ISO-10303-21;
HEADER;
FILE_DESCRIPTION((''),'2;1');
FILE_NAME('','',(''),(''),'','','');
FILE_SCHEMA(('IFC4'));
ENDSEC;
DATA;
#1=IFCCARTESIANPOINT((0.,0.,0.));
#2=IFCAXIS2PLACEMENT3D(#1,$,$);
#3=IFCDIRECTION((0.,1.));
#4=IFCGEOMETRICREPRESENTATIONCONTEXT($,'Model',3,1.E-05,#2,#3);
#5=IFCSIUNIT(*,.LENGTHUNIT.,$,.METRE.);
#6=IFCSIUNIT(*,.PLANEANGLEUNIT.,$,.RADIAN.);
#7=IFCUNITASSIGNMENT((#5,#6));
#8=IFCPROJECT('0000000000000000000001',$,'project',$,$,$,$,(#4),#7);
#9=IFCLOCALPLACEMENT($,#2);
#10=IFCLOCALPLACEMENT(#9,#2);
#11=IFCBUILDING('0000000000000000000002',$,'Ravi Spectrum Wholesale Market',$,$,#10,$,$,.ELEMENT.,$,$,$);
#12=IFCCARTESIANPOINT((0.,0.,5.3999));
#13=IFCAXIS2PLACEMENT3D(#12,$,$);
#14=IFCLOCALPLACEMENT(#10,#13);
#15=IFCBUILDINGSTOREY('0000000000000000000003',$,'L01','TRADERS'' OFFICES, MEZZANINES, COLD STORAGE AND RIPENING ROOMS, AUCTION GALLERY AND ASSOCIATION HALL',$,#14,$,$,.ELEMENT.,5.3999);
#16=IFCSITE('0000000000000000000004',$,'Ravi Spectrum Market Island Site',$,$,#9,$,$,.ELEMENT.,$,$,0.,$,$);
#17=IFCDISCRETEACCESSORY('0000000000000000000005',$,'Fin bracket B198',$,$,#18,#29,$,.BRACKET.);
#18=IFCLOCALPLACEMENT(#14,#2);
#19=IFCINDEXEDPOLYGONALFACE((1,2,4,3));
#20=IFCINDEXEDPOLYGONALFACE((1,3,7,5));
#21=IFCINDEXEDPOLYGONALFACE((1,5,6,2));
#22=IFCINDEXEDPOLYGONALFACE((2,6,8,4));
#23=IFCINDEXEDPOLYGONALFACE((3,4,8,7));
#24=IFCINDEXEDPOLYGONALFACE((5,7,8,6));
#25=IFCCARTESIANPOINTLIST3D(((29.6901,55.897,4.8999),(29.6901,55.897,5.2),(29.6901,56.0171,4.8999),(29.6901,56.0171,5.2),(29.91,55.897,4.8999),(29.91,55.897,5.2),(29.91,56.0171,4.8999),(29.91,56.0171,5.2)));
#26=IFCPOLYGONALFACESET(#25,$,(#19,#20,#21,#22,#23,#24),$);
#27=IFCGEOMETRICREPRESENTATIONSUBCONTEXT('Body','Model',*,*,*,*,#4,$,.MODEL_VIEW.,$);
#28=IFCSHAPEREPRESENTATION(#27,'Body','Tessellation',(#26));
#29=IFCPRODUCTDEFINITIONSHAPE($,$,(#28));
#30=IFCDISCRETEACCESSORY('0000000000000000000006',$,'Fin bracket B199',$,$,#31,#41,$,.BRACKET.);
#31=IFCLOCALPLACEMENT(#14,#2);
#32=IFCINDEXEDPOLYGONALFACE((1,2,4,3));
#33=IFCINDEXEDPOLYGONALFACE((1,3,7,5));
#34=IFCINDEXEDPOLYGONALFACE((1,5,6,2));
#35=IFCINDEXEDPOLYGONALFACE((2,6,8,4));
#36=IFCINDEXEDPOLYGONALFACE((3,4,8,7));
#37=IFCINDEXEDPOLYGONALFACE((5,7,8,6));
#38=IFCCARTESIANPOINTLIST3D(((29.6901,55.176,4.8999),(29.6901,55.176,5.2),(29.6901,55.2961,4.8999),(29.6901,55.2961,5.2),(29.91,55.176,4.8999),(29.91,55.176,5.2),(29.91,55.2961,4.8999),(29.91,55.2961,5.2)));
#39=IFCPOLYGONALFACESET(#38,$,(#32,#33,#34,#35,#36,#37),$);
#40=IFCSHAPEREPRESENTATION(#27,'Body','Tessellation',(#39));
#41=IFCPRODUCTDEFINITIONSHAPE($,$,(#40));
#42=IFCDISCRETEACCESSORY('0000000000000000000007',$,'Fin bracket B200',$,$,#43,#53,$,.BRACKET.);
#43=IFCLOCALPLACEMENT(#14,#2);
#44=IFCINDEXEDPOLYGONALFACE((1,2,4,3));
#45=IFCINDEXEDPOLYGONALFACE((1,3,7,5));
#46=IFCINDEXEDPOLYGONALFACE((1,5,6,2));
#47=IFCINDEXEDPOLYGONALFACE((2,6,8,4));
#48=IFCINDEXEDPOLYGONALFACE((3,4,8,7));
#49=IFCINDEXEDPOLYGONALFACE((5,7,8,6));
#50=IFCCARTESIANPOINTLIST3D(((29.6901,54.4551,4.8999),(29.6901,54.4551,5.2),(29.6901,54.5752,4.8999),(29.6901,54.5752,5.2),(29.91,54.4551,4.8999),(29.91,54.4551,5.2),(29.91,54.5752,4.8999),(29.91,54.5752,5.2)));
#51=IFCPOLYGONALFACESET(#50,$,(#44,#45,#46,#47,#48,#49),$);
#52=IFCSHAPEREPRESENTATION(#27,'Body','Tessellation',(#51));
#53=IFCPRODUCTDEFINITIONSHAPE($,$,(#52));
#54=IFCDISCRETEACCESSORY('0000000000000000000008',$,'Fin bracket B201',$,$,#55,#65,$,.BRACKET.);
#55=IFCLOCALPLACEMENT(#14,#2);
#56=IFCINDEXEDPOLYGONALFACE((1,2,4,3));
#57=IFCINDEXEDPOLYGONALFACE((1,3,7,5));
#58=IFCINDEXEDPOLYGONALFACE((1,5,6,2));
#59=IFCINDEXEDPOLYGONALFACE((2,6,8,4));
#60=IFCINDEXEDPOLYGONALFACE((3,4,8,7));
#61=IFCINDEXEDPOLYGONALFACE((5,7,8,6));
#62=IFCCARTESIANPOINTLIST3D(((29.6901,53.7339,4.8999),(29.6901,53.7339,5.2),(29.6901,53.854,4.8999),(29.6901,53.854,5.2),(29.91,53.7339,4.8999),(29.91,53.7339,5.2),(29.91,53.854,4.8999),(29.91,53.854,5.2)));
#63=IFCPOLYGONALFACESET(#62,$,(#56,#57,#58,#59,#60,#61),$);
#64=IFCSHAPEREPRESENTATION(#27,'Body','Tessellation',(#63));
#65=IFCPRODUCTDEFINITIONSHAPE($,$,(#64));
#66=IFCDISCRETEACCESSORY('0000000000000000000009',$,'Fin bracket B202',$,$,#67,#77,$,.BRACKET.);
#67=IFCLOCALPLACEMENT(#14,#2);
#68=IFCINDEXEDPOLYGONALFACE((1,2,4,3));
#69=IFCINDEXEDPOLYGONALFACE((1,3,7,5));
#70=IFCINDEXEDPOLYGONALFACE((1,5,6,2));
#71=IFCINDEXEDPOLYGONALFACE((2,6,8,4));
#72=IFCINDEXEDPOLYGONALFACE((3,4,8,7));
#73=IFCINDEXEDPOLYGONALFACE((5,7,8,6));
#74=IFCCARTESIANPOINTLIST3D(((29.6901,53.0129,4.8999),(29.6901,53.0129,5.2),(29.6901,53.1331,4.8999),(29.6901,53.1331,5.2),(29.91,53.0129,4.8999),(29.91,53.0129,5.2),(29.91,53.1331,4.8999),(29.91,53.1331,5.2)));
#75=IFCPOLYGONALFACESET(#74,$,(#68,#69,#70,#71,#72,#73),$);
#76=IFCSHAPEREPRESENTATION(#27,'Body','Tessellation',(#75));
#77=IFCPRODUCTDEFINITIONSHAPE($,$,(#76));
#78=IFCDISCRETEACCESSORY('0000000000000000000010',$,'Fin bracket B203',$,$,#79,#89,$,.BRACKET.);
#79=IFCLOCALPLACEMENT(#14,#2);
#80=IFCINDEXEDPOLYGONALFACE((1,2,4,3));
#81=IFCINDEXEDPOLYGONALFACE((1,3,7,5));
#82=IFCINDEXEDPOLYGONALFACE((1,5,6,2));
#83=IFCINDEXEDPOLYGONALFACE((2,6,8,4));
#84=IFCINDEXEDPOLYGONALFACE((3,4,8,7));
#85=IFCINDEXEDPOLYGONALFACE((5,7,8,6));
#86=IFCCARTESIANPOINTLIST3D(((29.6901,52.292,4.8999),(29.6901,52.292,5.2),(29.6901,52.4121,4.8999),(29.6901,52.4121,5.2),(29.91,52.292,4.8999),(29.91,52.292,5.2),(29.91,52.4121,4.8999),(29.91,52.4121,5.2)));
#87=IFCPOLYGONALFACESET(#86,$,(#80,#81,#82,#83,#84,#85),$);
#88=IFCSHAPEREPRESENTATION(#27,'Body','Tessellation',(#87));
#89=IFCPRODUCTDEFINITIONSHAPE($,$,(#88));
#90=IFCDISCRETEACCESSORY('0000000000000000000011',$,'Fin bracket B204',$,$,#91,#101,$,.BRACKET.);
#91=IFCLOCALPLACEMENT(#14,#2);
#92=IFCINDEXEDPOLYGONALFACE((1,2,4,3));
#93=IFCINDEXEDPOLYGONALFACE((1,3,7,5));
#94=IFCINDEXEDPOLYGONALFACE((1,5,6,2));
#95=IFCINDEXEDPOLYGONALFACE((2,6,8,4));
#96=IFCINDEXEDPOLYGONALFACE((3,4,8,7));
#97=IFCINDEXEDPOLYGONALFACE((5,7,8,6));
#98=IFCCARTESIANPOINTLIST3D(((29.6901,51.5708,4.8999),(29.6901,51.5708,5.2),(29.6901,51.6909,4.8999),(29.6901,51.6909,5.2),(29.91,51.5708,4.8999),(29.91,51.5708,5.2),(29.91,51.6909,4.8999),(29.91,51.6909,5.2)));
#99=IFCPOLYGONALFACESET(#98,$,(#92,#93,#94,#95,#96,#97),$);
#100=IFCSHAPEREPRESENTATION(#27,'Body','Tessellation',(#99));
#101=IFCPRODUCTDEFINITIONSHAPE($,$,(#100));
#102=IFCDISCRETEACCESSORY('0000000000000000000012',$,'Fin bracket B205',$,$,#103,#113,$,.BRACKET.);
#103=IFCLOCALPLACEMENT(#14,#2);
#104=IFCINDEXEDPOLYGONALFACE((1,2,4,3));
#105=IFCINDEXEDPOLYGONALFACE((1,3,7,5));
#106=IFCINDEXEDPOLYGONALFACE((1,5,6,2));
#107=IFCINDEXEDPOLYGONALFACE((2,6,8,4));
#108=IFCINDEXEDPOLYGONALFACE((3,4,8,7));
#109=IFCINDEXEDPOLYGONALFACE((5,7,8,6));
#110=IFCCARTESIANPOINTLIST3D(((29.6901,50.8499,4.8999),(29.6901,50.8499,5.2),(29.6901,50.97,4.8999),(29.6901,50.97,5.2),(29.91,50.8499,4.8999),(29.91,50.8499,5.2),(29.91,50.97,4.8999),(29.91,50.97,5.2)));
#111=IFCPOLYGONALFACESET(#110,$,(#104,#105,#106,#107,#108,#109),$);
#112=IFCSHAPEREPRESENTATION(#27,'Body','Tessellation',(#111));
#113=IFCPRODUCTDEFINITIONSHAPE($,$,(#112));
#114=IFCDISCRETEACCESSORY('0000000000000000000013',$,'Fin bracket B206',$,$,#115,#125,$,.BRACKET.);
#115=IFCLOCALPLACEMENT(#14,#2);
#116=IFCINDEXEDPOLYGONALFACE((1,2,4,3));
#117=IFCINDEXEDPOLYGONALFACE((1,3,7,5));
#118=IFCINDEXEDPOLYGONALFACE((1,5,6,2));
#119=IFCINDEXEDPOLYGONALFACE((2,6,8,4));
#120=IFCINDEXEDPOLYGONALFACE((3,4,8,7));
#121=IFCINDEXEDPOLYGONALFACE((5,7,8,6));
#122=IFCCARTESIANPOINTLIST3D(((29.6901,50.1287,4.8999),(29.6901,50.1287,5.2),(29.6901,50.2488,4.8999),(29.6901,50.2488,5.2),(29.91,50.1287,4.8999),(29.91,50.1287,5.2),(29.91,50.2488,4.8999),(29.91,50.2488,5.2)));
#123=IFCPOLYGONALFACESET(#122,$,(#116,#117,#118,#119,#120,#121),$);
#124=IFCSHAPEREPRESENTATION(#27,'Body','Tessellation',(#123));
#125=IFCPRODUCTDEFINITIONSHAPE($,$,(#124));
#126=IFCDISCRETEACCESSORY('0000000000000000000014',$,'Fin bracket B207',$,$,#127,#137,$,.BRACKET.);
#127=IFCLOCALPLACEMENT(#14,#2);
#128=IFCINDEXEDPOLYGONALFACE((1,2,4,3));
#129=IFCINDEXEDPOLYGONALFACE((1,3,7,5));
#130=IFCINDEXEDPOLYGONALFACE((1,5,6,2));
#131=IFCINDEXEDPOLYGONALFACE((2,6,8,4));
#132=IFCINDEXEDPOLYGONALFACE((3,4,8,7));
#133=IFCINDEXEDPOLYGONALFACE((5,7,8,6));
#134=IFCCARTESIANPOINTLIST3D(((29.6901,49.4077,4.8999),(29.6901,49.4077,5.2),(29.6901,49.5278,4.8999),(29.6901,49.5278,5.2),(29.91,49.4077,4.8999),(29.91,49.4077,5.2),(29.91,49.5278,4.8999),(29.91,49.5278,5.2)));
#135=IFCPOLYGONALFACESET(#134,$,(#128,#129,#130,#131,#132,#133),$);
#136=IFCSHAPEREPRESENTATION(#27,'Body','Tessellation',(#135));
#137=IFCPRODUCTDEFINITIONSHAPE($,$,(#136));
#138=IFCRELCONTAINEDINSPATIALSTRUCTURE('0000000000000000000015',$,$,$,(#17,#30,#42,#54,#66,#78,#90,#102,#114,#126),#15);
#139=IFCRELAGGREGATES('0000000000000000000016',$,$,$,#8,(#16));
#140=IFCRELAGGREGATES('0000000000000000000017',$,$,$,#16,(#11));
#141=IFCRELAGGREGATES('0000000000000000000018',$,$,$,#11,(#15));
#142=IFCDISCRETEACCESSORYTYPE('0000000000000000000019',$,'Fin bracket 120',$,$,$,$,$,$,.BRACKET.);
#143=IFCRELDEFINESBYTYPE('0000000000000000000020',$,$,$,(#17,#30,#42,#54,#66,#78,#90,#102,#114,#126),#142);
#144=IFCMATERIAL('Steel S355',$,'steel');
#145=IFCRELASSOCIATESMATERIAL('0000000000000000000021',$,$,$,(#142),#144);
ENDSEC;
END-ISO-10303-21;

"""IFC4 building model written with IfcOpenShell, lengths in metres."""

from ifc_helpers import new_model, si_unit, direction, frame, origin, origin_2d, place, context, subcontext, project, spatial, rectangle, extrude, material, type_object, element, save


model = new_model("IFC4")

# Units and contexts
model_context = context("Model", 3, precision=1e-05, world=origin(), true_north=direction((0.0, 1.0)))
body_context = subcontext(model_context, "Body", "Model", "MODEL_VIEW")
ifc_project = project(units=[si_unit("LENGTHUNIT", "METRE"), si_unit("PLANEANGLEUNIT", "RADIAN")], contexts=[model_context])

# Site, building, storey
site_placement = place(None, origin())
site = spatial("IfcSite", under=ifc_project, at=site_placement, Name="Ravi Spectrum Market Island Site", CompositionType="ELEMENT", RefElevation=0.0)
building_placement = place(site_placement, origin())
building = spatial("IfcBuilding", under=site, at=building_placement, Name="Ravi Spectrum Wholesale Market", CompositionType="ELEMENT")
storey_placement = place(building_placement, frame((0.0, 0.0, 5.3999)))
storey = spatial("IfcBuildingStorey", under=building, at=storey_placement, Name="L01", Description="TRADERS' OFFICES, MEZZANINES, COLD STORAGE AND RIPENING ROOMS, AUCTION GALLERY AND ASSOCIATION HALL", CompositionType="ELEMENT", Elevation=5.3999)

# Discrete accessories
ifc_material_1 = material(Name="Steel S355", Category="steel")
discrete_accessory_type = type_object("IfcDiscreteAccessoryType", Name="Fin bracket 120", PredefinedType="BRACKET", material=ifc_material_1)
for number, where, z_axis, x_axis, name in (
    (1, (29.8, 55.957, 4.8999), (0.0, 0.0, 1.0), (0.0, -1.0, 0.0), "Fin bracket B198"),
    (2, (29.8, 55.2361, 4.8999), (0.0, 0.0, 1.0), (0.0, -1.0, 0.0), "Fin bracket B199"),
    (3, (29.8, 54.5151, 4.8999), (0.0, 0.0, 1.0), (0.0, -1.0, 0.0), "Fin bracket B200"),
    (4, (29.8, 53.7939, 4.8999), (0.0, 0.0, 1.0), (0.0, -1.0, 0.0), "Fin bracket B201"),
    (5, (29.8, 53.073, 4.8999), (0.0, 0.0, 1.0), (0.0, -1.0, 0.0), "Fin bracket B202"),
    (6, (29.8, 52.3521, 4.8999), (0.0, 0.0, 1.0), (0.0, -1.0, 0.0), "Fin bracket B203"),
    (7, (29.8, 51.6309, 4.8999), (0.0, 0.0, 1.0), (0.0, -1.0, 0.0), "Fin bracket B204"),
    (8, (29.8, 50.9099, 4.8999), (0.0, 0.0, 1.0), (0.0, -1.0, 0.0), "Fin bracket B205"),
    (9, (29.8, 50.1887, 4.8999), (0.0, 0.0, 1.0), (0.0, -1.0, 0.0), "Fin bracket B206"),
    (10, (29.8, 49.4678, 4.8999), (0.0, 0.0, 1.0), (0.0, -1.0, 0.0), "Fin bracket B207"),
):
    element("IfcDiscreteAccessory", number, at=place(storey_placement, frame(where, z_axis=z_axis, x_axis=x_axis)), inside=storey, type_object=discrete_accessory_type, Name=name, PredefinedType="BRACKET", context=body_context, shape_type="SweptSolid", body=[
        extrude(rectangle(XDim=0.1201, YDim=0.22, at=origin_2d()), origin(), (0.0, 0.0, 1.0), 0.3),
    ])

save(model, "model.ifc")
